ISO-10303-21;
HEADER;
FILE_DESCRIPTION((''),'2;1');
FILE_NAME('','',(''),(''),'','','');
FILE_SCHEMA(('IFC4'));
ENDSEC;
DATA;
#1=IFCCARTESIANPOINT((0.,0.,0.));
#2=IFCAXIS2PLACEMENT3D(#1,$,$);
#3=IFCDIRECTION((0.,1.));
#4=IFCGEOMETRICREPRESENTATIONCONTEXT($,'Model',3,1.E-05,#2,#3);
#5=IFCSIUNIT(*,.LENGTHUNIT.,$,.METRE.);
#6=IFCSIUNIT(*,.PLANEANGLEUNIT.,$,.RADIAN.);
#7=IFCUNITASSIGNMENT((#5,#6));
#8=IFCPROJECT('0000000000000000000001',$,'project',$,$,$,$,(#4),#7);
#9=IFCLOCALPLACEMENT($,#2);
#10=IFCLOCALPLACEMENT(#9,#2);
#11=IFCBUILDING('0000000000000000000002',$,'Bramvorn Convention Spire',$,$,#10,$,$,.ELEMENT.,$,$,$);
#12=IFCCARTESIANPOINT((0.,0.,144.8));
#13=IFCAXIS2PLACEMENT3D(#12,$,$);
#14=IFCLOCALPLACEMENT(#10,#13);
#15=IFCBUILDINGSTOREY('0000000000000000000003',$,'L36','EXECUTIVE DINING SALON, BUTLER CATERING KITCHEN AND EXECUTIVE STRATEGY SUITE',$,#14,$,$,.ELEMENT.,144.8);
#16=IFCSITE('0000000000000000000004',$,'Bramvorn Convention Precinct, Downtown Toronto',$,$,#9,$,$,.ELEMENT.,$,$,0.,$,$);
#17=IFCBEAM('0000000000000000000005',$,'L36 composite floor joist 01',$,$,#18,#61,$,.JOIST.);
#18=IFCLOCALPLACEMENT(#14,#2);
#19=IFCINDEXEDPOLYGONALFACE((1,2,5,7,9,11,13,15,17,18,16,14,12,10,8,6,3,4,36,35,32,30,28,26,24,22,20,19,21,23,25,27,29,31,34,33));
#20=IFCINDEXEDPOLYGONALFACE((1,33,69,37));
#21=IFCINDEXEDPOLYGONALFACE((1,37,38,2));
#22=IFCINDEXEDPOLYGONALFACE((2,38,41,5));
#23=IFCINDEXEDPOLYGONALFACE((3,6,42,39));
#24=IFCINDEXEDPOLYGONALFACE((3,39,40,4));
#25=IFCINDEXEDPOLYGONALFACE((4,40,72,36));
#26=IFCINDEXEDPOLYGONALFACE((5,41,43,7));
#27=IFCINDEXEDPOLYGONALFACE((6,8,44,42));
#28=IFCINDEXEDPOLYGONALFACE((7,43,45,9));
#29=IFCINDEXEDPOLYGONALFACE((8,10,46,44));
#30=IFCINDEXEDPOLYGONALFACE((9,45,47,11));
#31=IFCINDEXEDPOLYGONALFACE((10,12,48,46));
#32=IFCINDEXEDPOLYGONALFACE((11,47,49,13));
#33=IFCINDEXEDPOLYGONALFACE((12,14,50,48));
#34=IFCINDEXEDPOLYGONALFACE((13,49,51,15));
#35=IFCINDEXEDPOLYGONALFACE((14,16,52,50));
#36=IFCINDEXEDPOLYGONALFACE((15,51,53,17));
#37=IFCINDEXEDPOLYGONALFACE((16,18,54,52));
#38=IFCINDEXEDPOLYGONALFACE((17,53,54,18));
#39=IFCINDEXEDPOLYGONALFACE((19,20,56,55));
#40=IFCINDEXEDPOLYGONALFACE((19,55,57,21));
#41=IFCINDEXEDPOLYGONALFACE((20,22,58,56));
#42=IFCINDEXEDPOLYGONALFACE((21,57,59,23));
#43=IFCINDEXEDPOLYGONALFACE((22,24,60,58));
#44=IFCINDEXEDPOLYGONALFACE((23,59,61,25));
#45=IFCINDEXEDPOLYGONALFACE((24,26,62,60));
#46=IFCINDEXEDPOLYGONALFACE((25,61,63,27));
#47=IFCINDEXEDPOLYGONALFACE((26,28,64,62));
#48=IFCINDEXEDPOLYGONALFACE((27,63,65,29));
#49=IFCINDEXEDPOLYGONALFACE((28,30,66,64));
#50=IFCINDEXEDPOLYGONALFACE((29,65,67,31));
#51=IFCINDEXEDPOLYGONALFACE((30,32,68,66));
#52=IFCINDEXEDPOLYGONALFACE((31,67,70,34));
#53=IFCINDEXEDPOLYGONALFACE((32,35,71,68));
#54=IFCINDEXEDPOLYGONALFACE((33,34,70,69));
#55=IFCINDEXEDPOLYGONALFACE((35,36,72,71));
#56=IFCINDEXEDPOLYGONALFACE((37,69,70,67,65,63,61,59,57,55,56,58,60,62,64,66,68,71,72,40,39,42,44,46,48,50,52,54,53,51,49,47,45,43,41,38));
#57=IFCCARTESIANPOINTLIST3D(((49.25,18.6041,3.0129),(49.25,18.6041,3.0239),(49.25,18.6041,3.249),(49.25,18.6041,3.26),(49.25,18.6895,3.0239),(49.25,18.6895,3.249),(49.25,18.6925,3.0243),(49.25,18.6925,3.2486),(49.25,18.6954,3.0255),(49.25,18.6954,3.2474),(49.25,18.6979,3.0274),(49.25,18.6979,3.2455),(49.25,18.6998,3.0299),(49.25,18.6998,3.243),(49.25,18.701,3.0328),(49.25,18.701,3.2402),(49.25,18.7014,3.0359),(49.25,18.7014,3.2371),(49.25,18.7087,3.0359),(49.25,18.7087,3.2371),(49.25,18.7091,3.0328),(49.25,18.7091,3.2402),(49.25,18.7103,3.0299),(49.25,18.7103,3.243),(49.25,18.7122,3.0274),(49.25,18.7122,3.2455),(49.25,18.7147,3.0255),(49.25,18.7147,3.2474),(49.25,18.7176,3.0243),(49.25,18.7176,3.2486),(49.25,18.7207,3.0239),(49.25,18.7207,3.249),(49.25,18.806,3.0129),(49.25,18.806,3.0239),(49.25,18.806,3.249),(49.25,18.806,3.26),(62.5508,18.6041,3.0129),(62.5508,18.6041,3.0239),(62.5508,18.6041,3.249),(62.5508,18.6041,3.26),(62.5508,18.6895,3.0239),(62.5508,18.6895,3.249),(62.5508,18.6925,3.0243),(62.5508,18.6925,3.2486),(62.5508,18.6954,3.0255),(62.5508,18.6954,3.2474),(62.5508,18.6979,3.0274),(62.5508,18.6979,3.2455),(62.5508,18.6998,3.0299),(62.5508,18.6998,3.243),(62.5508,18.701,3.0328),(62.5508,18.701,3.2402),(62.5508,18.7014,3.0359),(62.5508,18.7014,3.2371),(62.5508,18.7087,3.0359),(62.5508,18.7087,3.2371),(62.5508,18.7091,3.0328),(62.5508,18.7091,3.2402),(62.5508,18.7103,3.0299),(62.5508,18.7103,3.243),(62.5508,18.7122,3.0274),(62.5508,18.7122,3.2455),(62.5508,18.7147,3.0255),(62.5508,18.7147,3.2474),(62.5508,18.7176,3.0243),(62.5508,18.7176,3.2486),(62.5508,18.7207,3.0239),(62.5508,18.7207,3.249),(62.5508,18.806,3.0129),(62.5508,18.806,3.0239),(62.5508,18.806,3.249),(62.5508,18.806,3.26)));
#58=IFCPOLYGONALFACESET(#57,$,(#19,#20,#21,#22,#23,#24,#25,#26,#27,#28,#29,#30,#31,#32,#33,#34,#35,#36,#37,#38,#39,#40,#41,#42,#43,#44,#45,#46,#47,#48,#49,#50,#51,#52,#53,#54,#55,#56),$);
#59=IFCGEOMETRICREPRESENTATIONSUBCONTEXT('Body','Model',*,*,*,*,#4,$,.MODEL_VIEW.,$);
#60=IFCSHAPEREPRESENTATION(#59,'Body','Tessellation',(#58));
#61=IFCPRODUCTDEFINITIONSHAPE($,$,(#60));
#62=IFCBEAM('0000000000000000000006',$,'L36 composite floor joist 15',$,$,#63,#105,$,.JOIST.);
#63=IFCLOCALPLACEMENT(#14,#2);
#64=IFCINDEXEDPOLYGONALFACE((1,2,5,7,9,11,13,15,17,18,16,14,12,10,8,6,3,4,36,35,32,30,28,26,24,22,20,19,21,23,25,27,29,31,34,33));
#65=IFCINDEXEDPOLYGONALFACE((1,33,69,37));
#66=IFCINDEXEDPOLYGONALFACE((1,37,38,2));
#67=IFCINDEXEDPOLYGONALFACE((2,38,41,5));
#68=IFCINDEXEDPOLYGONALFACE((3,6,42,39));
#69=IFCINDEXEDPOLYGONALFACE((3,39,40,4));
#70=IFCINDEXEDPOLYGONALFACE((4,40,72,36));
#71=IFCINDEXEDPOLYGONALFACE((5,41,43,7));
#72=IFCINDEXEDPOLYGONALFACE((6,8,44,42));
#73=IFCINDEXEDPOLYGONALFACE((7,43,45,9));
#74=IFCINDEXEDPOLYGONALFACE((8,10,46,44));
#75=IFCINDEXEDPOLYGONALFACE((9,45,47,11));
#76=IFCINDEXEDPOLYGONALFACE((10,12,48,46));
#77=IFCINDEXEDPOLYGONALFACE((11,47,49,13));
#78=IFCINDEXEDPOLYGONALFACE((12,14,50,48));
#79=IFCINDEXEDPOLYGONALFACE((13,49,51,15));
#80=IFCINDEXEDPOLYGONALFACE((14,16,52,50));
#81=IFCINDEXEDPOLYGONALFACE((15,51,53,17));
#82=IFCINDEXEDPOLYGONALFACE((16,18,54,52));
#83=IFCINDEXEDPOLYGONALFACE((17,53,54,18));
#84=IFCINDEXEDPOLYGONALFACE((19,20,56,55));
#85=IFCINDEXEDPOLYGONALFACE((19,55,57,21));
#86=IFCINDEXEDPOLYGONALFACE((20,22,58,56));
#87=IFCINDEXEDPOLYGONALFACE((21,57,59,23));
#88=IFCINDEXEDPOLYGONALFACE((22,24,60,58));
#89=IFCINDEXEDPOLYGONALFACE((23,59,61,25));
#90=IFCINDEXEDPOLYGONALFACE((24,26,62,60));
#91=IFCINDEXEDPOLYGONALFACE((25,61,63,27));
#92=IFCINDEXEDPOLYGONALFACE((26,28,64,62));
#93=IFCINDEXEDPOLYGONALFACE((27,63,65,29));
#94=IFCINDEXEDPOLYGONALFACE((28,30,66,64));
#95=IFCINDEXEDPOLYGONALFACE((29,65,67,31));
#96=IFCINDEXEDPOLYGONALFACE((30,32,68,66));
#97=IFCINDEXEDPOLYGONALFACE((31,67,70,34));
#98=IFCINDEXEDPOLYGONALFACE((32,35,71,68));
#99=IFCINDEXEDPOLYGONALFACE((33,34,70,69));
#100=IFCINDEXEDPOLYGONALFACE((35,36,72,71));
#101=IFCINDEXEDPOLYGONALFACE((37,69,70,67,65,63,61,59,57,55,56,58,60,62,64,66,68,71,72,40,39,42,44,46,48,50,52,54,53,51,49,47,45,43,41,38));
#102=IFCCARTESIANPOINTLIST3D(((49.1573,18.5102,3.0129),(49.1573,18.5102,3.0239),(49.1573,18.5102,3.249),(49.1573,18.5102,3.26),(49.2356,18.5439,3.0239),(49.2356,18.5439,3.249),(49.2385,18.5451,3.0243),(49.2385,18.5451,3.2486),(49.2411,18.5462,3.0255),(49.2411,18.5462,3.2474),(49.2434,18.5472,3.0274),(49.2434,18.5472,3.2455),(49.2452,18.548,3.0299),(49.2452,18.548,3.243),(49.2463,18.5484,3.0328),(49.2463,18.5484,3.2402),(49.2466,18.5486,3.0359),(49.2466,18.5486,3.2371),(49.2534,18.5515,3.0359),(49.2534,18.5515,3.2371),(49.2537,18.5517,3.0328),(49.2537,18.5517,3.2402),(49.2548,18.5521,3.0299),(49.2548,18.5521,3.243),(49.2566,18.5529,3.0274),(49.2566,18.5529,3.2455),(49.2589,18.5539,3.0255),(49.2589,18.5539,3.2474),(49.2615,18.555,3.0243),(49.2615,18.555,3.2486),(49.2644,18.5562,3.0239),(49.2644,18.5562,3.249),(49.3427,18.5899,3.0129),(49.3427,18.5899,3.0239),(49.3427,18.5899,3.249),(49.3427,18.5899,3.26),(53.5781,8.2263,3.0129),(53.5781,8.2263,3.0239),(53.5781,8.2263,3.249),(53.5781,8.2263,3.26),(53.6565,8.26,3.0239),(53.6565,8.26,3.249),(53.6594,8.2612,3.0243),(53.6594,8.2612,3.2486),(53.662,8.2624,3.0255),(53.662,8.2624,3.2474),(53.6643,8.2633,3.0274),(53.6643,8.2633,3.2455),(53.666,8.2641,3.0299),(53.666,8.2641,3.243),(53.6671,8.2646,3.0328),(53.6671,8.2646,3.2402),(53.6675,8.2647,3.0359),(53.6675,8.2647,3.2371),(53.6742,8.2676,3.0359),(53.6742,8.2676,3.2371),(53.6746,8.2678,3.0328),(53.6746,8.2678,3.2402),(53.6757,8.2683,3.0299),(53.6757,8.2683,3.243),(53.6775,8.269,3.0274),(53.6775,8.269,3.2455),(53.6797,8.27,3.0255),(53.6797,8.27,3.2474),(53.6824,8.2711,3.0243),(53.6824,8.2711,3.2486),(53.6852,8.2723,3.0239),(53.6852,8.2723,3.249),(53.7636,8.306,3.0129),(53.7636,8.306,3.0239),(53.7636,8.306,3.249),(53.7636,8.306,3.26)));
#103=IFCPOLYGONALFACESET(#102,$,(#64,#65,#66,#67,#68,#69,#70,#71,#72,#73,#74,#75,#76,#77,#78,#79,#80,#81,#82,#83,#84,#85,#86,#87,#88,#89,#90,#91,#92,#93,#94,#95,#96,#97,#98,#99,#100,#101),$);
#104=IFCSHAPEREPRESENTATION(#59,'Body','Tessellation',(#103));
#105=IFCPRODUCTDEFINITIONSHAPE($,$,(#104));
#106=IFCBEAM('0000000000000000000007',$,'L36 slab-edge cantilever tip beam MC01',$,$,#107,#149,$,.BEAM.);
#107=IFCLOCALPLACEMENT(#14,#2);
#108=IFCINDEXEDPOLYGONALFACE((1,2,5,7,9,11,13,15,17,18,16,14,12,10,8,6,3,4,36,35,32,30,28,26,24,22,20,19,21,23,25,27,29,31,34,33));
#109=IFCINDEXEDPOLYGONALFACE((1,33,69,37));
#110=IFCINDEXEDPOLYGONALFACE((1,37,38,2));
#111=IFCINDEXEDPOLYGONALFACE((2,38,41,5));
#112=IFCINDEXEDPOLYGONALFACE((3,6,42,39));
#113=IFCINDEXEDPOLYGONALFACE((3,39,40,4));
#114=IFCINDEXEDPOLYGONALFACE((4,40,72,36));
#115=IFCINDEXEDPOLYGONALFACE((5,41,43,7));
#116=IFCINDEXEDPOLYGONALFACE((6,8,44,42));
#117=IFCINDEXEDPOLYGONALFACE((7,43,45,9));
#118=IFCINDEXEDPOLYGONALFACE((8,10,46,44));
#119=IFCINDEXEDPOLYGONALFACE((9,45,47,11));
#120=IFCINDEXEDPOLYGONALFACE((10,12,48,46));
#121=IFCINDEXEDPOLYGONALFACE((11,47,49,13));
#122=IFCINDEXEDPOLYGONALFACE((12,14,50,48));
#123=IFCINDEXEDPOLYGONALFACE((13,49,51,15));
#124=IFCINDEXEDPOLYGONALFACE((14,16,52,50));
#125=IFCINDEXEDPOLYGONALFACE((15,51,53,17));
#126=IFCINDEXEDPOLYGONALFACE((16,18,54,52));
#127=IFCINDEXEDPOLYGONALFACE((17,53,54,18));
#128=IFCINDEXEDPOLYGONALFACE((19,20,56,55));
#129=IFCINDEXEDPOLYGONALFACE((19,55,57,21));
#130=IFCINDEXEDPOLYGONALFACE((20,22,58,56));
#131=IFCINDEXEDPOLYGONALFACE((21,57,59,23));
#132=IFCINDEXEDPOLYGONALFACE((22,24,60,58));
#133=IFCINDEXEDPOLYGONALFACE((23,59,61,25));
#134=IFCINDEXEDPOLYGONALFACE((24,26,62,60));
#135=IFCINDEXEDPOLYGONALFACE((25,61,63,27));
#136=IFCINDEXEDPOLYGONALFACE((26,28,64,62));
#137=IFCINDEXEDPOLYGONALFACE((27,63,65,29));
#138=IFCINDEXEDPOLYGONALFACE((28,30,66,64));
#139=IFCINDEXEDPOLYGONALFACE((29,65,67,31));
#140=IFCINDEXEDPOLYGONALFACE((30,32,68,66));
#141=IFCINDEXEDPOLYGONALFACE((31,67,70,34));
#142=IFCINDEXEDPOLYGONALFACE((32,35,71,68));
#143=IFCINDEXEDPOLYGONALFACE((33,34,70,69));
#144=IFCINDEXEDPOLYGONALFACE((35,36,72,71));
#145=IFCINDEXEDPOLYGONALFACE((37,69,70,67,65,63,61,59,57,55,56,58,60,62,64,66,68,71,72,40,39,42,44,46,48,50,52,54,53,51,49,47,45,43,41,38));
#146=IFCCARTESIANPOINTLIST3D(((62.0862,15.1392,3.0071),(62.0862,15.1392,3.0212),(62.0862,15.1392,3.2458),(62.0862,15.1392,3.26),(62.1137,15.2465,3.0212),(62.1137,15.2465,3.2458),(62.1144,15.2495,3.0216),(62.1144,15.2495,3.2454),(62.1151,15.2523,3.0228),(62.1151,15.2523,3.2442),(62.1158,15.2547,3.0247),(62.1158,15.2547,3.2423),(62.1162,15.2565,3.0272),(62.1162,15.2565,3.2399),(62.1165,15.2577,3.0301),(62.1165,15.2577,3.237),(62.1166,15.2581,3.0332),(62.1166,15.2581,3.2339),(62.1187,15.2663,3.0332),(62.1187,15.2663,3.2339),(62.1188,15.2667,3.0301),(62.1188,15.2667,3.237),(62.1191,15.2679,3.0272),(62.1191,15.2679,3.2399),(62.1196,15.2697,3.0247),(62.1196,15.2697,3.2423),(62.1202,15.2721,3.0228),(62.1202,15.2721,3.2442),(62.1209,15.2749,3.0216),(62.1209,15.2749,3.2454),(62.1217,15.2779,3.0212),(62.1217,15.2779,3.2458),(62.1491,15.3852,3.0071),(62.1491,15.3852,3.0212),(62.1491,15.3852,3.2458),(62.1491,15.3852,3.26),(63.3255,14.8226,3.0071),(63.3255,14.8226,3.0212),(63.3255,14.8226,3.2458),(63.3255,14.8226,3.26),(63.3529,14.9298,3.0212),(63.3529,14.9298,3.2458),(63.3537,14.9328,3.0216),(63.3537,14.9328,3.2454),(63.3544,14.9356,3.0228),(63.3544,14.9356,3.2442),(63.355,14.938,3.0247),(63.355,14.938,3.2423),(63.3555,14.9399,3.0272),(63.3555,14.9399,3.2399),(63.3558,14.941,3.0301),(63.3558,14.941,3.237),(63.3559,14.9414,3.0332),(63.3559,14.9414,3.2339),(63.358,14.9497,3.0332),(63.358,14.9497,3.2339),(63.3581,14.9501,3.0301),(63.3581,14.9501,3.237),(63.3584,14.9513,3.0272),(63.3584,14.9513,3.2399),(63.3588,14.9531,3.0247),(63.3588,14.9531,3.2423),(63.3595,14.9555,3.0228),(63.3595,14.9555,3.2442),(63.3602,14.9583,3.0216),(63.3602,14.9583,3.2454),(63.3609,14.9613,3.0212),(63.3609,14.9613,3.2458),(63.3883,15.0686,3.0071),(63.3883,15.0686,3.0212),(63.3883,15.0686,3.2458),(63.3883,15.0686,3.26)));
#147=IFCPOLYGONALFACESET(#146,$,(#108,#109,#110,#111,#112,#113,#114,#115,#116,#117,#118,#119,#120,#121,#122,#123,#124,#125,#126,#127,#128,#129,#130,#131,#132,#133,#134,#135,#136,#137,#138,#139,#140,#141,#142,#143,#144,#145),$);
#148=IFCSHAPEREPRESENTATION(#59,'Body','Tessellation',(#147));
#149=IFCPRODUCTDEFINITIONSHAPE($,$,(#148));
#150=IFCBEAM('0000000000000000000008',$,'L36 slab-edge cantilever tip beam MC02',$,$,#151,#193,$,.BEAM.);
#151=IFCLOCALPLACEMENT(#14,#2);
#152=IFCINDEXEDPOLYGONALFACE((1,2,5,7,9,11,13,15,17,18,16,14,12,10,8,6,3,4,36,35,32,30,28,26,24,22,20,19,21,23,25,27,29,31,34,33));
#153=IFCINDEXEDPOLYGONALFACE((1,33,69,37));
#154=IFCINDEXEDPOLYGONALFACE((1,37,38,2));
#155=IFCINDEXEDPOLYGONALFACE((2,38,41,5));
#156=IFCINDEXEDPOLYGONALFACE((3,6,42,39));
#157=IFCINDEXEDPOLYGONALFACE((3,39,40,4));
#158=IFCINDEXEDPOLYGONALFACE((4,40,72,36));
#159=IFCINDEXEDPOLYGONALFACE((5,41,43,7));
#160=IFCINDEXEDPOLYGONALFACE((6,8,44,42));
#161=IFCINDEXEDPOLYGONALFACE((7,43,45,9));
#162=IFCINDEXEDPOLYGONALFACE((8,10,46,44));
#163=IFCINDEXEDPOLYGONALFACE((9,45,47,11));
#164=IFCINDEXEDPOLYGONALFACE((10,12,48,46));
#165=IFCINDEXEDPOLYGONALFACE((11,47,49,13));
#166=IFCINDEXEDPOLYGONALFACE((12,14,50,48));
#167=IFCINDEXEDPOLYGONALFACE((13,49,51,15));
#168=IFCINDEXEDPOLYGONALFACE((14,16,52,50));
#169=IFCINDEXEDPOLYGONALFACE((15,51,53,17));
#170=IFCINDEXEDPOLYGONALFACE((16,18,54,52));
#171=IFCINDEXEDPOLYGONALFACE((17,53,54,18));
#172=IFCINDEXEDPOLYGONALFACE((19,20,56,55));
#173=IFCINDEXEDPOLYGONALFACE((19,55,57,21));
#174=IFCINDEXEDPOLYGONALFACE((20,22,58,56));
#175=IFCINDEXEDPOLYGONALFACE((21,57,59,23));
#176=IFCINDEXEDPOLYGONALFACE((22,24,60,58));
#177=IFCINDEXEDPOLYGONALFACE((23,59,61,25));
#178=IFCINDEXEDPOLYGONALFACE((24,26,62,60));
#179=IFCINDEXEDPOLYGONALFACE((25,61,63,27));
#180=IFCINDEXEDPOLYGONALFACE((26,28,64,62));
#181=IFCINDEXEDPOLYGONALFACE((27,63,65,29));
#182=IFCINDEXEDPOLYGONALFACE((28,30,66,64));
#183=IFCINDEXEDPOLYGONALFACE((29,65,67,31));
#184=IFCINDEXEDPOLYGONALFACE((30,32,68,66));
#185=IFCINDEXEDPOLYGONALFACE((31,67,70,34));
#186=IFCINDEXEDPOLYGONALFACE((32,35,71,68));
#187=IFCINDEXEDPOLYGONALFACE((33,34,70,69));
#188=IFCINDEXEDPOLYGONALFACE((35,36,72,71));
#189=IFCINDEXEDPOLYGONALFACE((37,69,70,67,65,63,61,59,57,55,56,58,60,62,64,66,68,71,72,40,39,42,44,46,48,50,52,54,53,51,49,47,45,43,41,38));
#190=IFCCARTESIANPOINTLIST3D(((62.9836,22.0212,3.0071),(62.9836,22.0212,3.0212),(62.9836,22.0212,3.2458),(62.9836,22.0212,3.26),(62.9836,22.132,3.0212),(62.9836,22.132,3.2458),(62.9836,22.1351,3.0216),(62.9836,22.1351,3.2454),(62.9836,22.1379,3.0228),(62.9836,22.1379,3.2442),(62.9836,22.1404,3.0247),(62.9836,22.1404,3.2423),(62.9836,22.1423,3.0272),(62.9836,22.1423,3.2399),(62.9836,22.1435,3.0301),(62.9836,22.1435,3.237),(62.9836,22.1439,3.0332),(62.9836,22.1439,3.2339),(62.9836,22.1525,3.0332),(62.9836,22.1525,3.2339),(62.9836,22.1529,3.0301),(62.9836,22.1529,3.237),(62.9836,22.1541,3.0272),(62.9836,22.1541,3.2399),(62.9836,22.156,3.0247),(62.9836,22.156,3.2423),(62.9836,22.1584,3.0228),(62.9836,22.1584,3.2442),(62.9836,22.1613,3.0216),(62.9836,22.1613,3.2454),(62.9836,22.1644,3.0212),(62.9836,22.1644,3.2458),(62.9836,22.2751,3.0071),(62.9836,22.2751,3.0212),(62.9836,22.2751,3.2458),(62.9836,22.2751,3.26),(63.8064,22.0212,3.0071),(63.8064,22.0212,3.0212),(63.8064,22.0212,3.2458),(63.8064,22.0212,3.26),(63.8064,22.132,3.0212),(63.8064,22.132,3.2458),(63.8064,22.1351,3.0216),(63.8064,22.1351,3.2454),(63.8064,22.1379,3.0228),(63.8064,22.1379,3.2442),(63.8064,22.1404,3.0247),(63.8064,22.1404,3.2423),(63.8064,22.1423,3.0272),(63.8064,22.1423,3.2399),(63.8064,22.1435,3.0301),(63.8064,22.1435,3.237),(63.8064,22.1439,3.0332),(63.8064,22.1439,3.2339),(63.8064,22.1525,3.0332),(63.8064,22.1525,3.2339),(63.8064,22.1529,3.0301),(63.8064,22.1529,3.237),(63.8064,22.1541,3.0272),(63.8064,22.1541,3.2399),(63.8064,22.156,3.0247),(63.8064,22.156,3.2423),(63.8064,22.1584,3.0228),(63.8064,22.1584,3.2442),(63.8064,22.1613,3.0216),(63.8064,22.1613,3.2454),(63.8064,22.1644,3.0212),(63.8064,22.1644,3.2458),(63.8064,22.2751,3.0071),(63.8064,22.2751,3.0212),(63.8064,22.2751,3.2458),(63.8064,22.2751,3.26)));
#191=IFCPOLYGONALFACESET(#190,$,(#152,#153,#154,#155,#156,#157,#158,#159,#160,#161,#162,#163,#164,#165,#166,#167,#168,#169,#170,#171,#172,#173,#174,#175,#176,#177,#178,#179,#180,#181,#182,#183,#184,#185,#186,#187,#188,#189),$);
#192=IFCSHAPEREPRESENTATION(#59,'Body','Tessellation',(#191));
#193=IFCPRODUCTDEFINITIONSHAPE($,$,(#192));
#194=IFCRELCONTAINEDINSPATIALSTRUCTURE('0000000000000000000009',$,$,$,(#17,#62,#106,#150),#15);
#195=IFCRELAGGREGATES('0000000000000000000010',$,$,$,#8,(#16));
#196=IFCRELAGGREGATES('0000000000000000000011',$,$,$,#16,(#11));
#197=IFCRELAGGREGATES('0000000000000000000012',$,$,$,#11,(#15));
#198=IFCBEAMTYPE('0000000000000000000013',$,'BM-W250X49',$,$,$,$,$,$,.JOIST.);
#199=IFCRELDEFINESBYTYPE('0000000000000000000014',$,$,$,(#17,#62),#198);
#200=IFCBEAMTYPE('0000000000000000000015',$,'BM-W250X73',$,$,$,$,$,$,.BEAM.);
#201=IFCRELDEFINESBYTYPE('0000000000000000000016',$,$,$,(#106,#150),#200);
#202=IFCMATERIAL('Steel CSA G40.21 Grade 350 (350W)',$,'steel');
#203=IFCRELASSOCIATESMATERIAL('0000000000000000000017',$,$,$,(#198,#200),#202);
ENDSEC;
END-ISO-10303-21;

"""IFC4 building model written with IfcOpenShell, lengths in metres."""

from ifc_helpers import new_model, si_unit, direction, frame, origin, origin_2d, place, context, subcontext, project, spatial, i_section, extrude, material, material_profile, profile_set, type_object, element, save


model = new_model("IFC4")

# Units and contexts
model_context = context("Model", 3, precision=1e-05, world=origin(), true_north=direction((0.0, 1.0)))
body_context = subcontext(model_context, "Body", "Model", "MODEL_VIEW")
ifc_project = project(units=[si_unit("LENGTHUNIT", "METRE"), si_unit("PLANEANGLEUNIT", "RADIAN")], contexts=[model_context])

# Site, building, storey
site_placement = place(None, origin())
site = spatial("IfcSite", under=ifc_project, at=site_placement, Name="Bramvorn Convention Precinct, Downtown Toronto", CompositionType="ELEMENT", RefElevation=0.0)
building_placement = place(site_placement, origin())
building = spatial("IfcBuilding", under=site, at=building_placement, Name="Bramvorn Convention Spire", CompositionType="ELEMENT")
storey_placement = place(building_placement, frame((0.0, 0.0, 144.8)))
storey = spatial("IfcBuildingStorey", under=building, at=storey_placement, Name="L36", Description="EXECUTIVE DINING SALON, BUTLER CATERING KITCHEN AND EXECUTIVE STRATEGY SUITE", CompositionType="ELEMENT", Elevation=144.8)

# Shared definitions
ifc_material_1 = material(Name="Steel CSA G40.21 Grade 350 (350W)", Category="steel")

# Beams
ifc_material_profile_1 = material_profile(ifc_material_1, i_section(OverallWidth=0.2019, OverallDepth=0.2471, WebThickness=0.0073, FlangeThickness=0.011, FilletRadius=0.012, at=origin_2d()))
ifc_profile_set_1 = profile_set([ifc_material_profile_1], Name="Steel CSA G40.21 Grade 350 (350W) - W250X49")
beam_type_1 = type_object("IfcBeamType", Name="BM-W250X49", PredefinedType="JOIST", material=ifc_profile_set_1)
beam_1_placement = place(storey_placement, frame((49.25, 18.7051, 3.1365), z_axis=(1.0, 0.0, 0.0), x_axis=(0.0, 1.0, 0.0)))
element("IfcBeam", 1, at=beam_1_placement, inside=storey, type_object=beam_type_1, Name="L36 composite floor joist 01", PredefinedType="JOIST", context=body_context, shape_type="SweptSolid", body=[
    extrude(i_section(OverallWidth=0.2019, OverallDepth=0.2471, WebThickness=0.0073, FlangeThickness=0.011, FilletRadius=0.012, at=origin_2d()), origin(), (0.0, 0.0, 1.0), 13.3008),
])
beam_2_placement = place(storey_placement, frame((49.25, 18.55, 3.1365), z_axis=(0.394938, -0.918708, 0.0), x_axis=(0.918708, 0.394938, 0.0)))
element("IfcBeam", 2, at=beam_2_placement, inside=storey, type_object=beam_type_1, Name="L36 composite floor joist 15", PredefinedType="JOIST", context=body_context, shape_type="SweptSolid", body=[
    extrude(i_section(OverallWidth=0.2019, OverallDepth=0.2471, WebThickness=0.0073, FlangeThickness=0.011, FilletRadius=0.012, at=origin_2d()), origin(), (0.0, 0.0, 1.0), 11.1938),
])
ifc_material_profile_2 = material_profile(ifc_material_1, i_section(OverallWidth=0.2539, OverallDepth=0.2529, WebThickness=0.0085, FlangeThickness=0.0142, FilletRadius=0.012, at=origin_2d()))
ifc_profile_set_2 = profile_set([ifc_material_profile_2], Name="Steel CSA G40.21 Grade 350 (350W) - W250X73")
beam_type_2 = type_object("IfcBeamType", Name="BM-W250X73", PredefinedType="BEAM", material=ifc_profile_set_2)
beam_3_placement = place(storey_placement, frame((62.1177, 15.2622, 3.1335), z_axis=(0.968872, -0.247562, 0.0), x_axis=(0.247562, 0.968872, 0.0)))
element("IfcBeam", 3, at=beam_3_placement, inside=storey, type_object=beam_type_2, Name="L36 slab-edge cantilever tip beam MC01", PredefinedType="BEAM", context=body_context, shape_type="SweptSolid", body=[
    extrude(i_section(OverallWidth=0.2539, OverallDepth=0.2529, WebThickness=0.0085, FlangeThickness=0.0142, FilletRadius=0.012, at=origin_2d()), origin(), (0.0, 0.0, 1.0), 1.2791),
])
beam_4_placement = place(storey_placement, frame((62.9836, 22.1482, 3.1335), z_axis=(1.0, 0.0, 0.0), x_axis=(0.0, 1.0, 0.0)))
element("IfcBeam", 4, at=beam_4_placement, inside=storey, type_object=beam_type_2, Name="L36 slab-edge cantilever tip beam MC02", PredefinedType="BEAM", context=body_context, shape_type="SweptSolid", body=[
    extrude(i_section(OverallWidth=0.2539, OverallDepth=0.2529, WebThickness=0.0085, FlangeThickness=0.0142, FilletRadius=0.012, at=origin_2d()), origin(), (0.0, 0.0, 1.0), 0.8228),
])

save(model, "model.ifc")
